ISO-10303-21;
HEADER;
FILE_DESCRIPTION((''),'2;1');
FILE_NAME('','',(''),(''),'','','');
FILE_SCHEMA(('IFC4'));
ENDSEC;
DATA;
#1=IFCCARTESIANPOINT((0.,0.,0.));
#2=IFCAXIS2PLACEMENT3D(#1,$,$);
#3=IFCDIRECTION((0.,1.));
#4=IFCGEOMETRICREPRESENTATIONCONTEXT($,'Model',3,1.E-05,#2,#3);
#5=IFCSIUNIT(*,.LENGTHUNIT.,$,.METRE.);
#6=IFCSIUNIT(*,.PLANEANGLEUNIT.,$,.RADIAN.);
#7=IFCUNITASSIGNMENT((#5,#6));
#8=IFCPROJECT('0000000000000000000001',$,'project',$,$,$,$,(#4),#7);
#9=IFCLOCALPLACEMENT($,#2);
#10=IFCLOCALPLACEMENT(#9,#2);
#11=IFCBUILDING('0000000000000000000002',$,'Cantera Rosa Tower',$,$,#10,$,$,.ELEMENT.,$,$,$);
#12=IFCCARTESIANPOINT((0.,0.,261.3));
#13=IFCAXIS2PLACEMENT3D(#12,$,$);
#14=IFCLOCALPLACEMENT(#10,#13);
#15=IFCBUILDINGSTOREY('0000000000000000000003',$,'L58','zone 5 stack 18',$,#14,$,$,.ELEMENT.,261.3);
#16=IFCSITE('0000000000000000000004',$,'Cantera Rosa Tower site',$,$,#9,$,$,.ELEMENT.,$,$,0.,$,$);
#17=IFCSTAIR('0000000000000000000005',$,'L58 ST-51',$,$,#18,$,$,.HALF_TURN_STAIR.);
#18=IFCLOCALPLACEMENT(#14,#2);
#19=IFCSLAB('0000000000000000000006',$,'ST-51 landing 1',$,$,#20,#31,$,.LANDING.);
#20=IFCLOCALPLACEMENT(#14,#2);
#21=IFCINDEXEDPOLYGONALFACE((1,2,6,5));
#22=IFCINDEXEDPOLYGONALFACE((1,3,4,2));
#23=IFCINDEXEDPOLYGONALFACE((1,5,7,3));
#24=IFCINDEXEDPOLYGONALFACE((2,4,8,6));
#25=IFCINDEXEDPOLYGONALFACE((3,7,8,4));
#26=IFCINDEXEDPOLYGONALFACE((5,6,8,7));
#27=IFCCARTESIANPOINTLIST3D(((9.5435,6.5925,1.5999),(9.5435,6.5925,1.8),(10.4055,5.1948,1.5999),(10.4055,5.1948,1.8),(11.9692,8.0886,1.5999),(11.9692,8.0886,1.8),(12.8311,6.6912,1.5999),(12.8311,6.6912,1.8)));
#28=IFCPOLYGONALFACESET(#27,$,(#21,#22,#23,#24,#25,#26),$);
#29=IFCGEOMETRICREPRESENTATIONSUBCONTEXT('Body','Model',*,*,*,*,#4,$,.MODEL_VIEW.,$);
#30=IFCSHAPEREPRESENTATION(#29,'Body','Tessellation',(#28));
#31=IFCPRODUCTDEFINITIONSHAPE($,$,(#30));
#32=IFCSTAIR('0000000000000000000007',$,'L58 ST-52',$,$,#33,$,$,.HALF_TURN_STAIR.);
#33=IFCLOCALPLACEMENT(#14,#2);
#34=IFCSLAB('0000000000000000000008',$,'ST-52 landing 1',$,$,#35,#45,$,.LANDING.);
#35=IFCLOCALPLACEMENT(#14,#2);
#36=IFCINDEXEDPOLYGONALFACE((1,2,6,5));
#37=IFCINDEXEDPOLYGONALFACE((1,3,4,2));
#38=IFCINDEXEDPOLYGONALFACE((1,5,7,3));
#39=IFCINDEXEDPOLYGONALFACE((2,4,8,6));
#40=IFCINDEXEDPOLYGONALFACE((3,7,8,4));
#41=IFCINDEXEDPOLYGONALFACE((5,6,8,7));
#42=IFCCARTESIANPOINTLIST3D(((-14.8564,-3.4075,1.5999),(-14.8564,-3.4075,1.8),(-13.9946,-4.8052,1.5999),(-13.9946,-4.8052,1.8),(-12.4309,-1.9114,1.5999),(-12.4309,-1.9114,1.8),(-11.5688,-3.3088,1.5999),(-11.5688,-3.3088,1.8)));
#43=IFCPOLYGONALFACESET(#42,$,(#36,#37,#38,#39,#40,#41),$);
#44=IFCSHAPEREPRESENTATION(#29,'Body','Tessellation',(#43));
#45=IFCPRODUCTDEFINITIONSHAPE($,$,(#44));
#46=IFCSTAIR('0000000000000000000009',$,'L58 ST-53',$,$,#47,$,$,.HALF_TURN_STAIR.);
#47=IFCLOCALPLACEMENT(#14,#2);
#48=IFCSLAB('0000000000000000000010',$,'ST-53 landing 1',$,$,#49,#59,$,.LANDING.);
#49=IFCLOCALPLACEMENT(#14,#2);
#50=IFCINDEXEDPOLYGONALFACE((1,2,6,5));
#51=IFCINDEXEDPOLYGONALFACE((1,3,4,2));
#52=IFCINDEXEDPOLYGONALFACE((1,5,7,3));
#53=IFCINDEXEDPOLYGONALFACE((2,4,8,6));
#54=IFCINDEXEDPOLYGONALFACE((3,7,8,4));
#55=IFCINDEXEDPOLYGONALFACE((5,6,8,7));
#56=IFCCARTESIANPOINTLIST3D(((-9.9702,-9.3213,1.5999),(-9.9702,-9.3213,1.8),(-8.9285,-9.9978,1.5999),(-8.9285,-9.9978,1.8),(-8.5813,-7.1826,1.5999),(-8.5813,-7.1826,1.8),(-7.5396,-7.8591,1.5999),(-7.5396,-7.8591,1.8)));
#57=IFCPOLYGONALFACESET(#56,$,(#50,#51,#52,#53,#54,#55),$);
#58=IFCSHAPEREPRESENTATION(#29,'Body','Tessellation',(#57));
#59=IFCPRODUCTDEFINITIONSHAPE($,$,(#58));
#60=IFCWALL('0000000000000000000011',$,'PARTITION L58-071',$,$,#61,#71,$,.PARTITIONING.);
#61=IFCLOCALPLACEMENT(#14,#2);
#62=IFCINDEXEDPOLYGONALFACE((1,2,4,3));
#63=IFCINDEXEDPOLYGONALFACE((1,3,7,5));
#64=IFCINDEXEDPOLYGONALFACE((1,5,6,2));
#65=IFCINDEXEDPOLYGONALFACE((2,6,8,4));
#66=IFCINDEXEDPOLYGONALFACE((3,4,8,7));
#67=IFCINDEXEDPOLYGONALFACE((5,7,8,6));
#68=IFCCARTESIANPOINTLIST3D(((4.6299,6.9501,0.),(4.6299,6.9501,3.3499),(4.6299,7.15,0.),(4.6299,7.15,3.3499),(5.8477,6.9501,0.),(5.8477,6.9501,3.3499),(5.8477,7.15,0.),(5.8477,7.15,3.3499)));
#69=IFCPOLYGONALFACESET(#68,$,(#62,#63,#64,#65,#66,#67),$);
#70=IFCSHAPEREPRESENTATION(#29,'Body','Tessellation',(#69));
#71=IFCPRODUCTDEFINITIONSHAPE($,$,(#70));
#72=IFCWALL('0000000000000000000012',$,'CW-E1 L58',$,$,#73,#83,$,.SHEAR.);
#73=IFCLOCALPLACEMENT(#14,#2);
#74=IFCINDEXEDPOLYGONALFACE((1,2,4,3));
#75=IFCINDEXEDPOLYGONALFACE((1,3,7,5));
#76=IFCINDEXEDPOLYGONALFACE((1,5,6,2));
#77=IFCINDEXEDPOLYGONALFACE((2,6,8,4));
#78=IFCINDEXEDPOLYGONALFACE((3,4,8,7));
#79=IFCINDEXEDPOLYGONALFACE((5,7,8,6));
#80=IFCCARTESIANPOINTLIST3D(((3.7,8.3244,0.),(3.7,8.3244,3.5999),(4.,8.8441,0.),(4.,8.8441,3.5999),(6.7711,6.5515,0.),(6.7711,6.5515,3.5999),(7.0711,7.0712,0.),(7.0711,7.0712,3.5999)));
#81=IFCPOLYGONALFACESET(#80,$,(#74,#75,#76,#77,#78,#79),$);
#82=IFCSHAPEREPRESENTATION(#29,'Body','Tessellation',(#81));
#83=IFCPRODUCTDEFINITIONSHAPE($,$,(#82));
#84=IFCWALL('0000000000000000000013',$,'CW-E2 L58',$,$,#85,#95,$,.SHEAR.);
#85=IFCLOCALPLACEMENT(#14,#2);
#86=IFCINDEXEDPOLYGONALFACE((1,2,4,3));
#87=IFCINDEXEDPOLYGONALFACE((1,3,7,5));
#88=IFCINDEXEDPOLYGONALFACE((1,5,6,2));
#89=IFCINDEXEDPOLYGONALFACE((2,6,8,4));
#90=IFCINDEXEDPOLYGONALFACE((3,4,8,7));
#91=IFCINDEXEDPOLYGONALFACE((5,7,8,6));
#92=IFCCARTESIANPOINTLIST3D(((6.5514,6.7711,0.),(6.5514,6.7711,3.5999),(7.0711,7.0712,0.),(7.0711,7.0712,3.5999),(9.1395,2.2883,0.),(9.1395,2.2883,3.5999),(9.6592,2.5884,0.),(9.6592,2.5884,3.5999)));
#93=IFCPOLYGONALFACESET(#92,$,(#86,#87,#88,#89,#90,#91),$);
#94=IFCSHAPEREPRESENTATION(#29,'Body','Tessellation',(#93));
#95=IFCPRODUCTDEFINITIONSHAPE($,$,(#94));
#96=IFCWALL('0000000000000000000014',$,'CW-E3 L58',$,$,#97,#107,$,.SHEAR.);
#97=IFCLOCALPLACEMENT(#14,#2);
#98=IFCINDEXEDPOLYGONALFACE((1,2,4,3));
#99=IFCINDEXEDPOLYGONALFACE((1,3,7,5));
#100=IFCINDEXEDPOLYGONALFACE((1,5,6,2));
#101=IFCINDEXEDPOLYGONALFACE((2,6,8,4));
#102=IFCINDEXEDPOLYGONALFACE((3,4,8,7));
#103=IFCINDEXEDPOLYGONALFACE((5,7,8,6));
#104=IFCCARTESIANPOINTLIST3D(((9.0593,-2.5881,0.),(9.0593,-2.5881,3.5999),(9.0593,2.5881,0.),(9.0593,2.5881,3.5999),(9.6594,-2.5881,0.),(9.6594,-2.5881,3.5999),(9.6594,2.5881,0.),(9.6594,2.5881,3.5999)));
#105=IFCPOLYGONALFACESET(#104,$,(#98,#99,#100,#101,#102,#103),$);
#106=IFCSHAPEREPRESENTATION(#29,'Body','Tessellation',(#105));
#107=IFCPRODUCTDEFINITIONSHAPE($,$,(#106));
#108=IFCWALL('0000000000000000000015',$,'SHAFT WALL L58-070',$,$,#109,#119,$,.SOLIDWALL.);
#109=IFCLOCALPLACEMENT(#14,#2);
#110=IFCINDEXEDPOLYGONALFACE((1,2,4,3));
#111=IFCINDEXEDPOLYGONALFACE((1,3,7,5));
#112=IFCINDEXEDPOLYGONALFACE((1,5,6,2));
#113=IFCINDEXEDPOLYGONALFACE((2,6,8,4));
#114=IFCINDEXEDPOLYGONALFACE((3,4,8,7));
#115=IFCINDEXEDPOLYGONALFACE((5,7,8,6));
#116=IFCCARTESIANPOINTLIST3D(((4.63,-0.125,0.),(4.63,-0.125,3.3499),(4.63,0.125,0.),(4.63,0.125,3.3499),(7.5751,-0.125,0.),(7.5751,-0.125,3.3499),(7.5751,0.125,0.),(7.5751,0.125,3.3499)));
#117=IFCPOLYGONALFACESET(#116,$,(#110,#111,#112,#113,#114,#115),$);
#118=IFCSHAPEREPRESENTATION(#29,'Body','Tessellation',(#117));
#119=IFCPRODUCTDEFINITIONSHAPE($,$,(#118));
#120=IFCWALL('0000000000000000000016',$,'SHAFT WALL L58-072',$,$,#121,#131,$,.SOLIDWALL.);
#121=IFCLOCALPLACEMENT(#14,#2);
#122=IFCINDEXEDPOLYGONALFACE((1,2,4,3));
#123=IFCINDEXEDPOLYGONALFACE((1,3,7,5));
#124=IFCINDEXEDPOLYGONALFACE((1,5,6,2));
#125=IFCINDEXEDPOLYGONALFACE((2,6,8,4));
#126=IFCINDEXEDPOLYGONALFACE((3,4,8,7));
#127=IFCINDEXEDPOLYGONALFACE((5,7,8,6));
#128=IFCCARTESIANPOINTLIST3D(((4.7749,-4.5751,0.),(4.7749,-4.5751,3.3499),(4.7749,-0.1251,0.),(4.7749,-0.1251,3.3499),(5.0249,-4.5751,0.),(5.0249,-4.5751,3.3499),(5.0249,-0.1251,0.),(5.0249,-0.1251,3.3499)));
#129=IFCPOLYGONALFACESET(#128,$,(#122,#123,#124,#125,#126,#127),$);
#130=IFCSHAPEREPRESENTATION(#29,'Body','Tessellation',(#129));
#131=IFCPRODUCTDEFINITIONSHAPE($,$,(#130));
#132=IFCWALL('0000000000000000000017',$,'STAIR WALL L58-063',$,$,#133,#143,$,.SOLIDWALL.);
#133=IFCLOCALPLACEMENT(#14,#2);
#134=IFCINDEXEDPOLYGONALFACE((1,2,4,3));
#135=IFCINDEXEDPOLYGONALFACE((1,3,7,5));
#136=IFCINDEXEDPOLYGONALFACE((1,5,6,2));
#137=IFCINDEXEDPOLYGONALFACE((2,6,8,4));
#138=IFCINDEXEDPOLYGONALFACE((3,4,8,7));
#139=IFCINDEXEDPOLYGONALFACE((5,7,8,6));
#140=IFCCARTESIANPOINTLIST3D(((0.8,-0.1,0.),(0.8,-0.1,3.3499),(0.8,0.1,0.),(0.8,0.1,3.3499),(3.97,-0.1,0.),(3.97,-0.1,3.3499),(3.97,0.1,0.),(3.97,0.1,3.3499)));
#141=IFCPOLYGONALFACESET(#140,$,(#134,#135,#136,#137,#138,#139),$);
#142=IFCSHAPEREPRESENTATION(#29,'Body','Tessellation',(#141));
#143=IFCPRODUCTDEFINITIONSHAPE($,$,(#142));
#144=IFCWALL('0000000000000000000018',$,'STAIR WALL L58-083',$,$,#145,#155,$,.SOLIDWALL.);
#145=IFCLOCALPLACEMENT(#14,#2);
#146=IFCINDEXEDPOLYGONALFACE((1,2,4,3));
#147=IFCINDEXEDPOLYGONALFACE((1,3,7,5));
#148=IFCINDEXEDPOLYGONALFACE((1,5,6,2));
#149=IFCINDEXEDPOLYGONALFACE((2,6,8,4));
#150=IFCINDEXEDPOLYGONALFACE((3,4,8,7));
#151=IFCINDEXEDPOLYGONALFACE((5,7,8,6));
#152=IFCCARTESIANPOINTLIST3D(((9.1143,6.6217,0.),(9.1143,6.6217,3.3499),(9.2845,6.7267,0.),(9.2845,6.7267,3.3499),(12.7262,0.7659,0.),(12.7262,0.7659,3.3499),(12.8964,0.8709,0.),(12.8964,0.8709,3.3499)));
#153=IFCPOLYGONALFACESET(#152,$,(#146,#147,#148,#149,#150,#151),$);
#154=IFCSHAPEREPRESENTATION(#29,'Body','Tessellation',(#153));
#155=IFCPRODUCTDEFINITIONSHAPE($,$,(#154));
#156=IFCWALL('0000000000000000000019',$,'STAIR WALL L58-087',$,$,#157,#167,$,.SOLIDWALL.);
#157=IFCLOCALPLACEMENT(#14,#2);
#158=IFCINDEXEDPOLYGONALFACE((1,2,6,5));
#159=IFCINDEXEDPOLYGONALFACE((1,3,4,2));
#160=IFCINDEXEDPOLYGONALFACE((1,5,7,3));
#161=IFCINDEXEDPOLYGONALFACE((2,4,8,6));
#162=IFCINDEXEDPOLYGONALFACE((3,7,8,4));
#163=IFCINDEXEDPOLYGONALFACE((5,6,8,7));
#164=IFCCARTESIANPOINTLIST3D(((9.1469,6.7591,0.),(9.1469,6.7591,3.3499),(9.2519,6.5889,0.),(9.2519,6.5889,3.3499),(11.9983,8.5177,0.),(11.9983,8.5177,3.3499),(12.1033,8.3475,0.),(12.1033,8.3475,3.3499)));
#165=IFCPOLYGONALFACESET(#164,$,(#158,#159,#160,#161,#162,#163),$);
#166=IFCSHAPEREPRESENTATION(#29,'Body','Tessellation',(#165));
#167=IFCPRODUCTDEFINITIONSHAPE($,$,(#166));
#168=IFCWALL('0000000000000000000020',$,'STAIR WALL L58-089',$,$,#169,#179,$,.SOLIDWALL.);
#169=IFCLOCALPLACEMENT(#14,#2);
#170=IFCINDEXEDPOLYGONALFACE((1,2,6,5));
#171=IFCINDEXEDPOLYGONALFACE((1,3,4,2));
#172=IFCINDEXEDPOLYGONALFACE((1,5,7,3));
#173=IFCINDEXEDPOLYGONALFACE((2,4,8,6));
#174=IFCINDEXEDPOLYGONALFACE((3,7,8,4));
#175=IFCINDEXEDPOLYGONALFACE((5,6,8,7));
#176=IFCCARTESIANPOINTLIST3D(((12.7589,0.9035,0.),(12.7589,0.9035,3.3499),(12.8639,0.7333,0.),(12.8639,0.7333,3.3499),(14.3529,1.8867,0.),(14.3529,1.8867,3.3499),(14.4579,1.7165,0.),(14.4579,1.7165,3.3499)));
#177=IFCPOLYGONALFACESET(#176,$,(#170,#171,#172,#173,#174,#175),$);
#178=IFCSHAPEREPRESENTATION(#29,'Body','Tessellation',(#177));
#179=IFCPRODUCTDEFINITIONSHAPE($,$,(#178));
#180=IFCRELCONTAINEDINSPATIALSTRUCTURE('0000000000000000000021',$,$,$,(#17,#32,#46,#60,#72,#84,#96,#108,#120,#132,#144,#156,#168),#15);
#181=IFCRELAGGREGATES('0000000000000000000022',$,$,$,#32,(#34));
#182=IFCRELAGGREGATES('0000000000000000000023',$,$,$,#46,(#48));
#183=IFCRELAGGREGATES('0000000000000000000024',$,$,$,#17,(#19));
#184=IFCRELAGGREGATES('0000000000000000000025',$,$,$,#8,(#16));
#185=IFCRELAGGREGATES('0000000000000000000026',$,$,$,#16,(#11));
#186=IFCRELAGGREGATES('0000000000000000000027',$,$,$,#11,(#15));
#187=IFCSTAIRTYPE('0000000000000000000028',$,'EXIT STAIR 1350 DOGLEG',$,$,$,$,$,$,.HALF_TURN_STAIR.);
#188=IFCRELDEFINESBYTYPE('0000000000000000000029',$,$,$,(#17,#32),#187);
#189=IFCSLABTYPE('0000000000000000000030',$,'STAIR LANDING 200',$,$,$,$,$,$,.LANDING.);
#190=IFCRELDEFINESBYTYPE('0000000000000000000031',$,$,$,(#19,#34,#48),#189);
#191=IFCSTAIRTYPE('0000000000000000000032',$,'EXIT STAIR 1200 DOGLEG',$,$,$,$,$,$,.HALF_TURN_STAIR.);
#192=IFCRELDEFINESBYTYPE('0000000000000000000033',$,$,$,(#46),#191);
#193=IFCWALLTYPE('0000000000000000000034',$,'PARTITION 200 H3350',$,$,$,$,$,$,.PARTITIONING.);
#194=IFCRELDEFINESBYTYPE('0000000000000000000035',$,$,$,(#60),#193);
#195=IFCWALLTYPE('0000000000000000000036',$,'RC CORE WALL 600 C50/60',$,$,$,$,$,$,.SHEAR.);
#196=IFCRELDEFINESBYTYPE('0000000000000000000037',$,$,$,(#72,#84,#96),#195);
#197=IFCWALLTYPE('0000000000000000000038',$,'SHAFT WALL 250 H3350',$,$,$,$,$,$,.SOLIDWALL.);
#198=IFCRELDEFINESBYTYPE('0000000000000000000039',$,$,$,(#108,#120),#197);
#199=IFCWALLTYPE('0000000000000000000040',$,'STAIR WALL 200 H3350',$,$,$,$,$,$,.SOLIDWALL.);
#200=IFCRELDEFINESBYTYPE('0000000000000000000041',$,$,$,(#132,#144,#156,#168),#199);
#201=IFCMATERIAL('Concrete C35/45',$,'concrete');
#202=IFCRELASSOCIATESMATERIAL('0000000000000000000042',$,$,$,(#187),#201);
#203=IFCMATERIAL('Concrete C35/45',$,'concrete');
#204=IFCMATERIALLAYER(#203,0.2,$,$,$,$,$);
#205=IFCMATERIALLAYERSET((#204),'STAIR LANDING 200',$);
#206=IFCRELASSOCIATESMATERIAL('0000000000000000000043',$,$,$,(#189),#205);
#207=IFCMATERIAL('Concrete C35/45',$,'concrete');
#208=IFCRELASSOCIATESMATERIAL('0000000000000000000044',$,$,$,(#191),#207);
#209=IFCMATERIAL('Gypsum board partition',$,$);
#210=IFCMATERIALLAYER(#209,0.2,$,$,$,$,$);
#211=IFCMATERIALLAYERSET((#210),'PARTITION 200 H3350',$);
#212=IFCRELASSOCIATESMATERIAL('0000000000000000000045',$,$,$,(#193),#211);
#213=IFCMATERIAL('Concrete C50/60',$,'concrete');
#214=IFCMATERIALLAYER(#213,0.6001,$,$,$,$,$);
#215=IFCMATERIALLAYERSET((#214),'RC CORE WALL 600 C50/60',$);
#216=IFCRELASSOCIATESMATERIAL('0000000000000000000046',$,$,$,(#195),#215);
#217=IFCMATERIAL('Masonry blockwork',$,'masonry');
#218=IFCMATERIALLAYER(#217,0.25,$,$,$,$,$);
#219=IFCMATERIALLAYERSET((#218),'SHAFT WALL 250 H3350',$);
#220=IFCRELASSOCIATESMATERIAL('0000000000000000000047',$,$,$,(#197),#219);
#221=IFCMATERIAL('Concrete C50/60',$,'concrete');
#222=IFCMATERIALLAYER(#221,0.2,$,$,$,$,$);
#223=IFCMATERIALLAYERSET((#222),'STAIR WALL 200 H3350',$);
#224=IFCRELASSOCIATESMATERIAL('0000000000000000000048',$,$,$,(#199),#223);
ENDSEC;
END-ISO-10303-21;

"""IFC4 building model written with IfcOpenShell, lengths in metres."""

from ifc_helpers import new_model, si_unit, direction, frame, frame_2d, origin, place, context, subcontext, project, spatial, polyline, rectangle, outline, extrude, material, layer, layer_set, type_object, element, aggregate, save


model = new_model("IFC4")

# Units and contexts
model_context = context("Model", 3, precision=1e-05, world=origin(), true_north=direction((0.0, 1.0)))
body_context = subcontext(model_context, "Body", "Model", "MODEL_VIEW")
ifc_project = project(units=[si_unit("LENGTHUNIT", "METRE"), si_unit("PLANEANGLEUNIT", "RADIAN")], contexts=[model_context])

# Site, building, storey
site_placement = place(None, origin())
site = spatial("IfcSite", under=ifc_project, at=site_placement, Name="Cantera Rosa Tower site", CompositionType="ELEMENT", RefElevation=0.0)
building_placement = place(site_placement, origin())
building = spatial("IfcBuilding", under=site, at=building_placement, Name="Cantera Rosa Tower", CompositionType="ELEMENT")
storey_placement = place(building_placement, frame((0.0, 0.0, 261.3)))
storey = spatial("IfcBuildingStorey", under=building, at=storey_placement, Name="L58", Description="zone 5 stack 18", CompositionType="ELEMENT", Elevation=261.3)

# Stairs, slabs
ifc_material_1 = material(Name="Concrete C35/45", Category="concrete")
stair_type_1 = type_object("IfcStairType", Name="EXIT STAIR 1350 DOGLEG", PredefinedType="HALF_TURN_STAIR", material=ifc_material_1)
stair_1_placement = place(storey_placement, origin())
stair_1 = element("IfcStair", 1, at=stair_1_placement, inside=storey, type_object=stair_type_1, Name="L58 ST-51", PredefinedType="HALF_TURN_STAIR")
ifc_material_2 = material(Name="Concrete C35/45", Category="concrete")
ifc_layer_1 = layer(ifc_material_2, 0.2)
ifc_layer_set_1 = layer_set([ifc_layer_1], Name="STAIR LANDING 200")
slab_type = type_object("IfcSlabType", Name="STAIR LANDING 200", PredefinedType="LANDING", material=ifc_layer_set_1)
slab_1_placement = place(storey_placement, frame((0.0, 0.0, 1.5999)))
slab_1 = element("IfcSlab", 2, at=slab_1_placement, type_object=slab_type, Name="ST-51 landing 1", PredefinedType="LANDING", context=body_context, shape_type="SweptSolid", body=[
    extrude(outline(polyline([(12.8311, 6.6912), (11.9692, 8.0886), (9.5435, 6.5925), (10.4055, 5.1948), (12.8311, 6.6912)])), origin(), (0.0, 0.0, 1.0), 0.2002),
])
stair_2_placement = place(storey_placement, origin())
stair_2 = element("IfcStair", 3, at=stair_2_placement, inside=storey, type_object=stair_type_1, Name="L58 ST-52", PredefinedType="HALF_TURN_STAIR")
slab_2_placement = place(storey_placement, frame((0.0, 0.0, 1.5999)))
slab_2 = element("IfcSlab", 4, at=slab_2_placement, type_object=slab_type, Name="ST-52 landing 1", PredefinedType="LANDING", context=body_context, shape_type="SweptSolid", body=[
    extrude(outline(polyline([(-11.5688, -3.3088), (-12.4309, -1.9114), (-14.8564, -3.4075), (-13.9946, -4.8052), (-11.5688, -3.3088)])), origin(), (0.0, 0.0, 1.0), 0.2002),
])
aggregate(stair_2, [slab_2])
ifc_material_3 = material(Name="Concrete C35/45", Category="concrete")
stair_type_2 = type_object("IfcStairType", Name="EXIT STAIR 1200 DOGLEG", PredefinedType="HALF_TURN_STAIR", material=ifc_material_3)
stair_3_placement = place(storey_placement, origin())
stair_3 = element("IfcStair", 5, at=stair_3_placement, inside=storey, type_object=stair_type_2, Name="L58 ST-53", PredefinedType="HALF_TURN_STAIR")
slab_3_placement = place(storey_placement, frame((0.0, 0.0, 1.5999)))
slab_3 = element("IfcSlab", 6, at=slab_3_placement, type_object=slab_type, Name="ST-53 landing 1", PredefinedType="LANDING", context=body_context, shape_type="SweptSolid", body=[
    extrude(outline(polyline([(-7.5396, -7.8591), (-8.5813, -7.1826), (-9.9702, -9.3213), (-8.9285, -9.9978), (-7.5396, -7.8591)])), origin(), (0.0, 0.0, 1.0), 0.2002),
])
aggregate(stair_3, [slab_3])

# Walls
ifc_material_4 = material(Name="Gypsum board partition")
ifc_layer_2 = layer(ifc_material_4, 0.2)
ifc_layer_set_2 = layer_set([ifc_layer_2], Name="PARTITION 200 H3350")
wall_type_1 = type_object("IfcWallType", Name="PARTITION 200 H3350", PredefinedType="PARTITIONING", material=ifc_layer_set_2)
wall_1_placement = place(storey_placement, frame((4.6299, 7.05, 0.0), z_axis=(0.0, 0.0, 1.0), x_axis=(1.0, 0.0, 0.0)))
element("IfcWall", 7, at=wall_1_placement, inside=storey, type_object=wall_type_1, Name="PARTITION L58-071", PredefinedType="PARTITIONING", context=body_context, shape_type="SweptSolid", body=[
    extrude(rectangle(XDim=1.2178, YDim=0.2, at=frame_2d((0.6089, 0.0))), origin(), (0.0, 0.0, 1.0), 3.3499),
])
ifc_material_5 = material(Name="Concrete C50/60", Category="concrete")
ifc_layer_3 = layer(ifc_material_5, 0.6001)
ifc_layer_set_3 = layer_set([ifc_layer_3], Name="RC CORE WALL 600 C50/60")
wall_type_2 = type_object("IfcWallType", Name="RC CORE WALL 600 C50/60", PredefinedType="SHEAR", material=ifc_layer_set_3)
wall_2_placement = place(storey_placement, frame((3.8501, 8.5842, 0.0), z_axis=(0.0, 0.0, 1.0), x_axis=(0.86604, -0.499975, 0.0)))
element("IfcWall", 8, at=wall_2_placement, inside=storey, type_object=wall_type_2, Name="CW-E1 L58", PredefinedType="SHEAR", context=body_context, shape_type="SweptSolid", body=[
    extrude(rectangle(XDim=3.5461, YDim=0.6001, at=frame_2d((1.7729, 0.0))), origin(), (0.0, 0.0, 1.0), 3.5999),
])
for number, where, z_axis, x_axis, name in (
    (9, (6.8113, 6.9211, 0.0), (0.0, 0.0, 1.0), (0.499989, -0.866032, 0.0), "CW-E2 L58"),
    (10, (9.3594, 2.5881, 0.0), (0.0, 0.0, 1.0), (0.0, -1.0, 0.0), "CW-E3 L58"),
):
    element("IfcWall", number, at=place(storey_placement, frame(where, z_axis=z_axis, x_axis=x_axis)), inside=storey, type_object=wall_type_2, Name=name, PredefinedType="SHEAR", context=body_context, shape_type="SweptSolid", body=[
        extrude(rectangle(XDim=5.1763, YDim=0.6001, at=frame_2d((2.5881, 0.0))), origin(), (0.0, 0.0, 1.0), 3.5999),
    ])
ifc_material_6 = material(Name="Masonry blockwork", Category="masonry")
ifc_layer_4 = layer(ifc_material_6, 0.25)
ifc_layer_set_4 = layer_set([ifc_layer_4], Name="SHAFT WALL 250 H3350")
wall_type_3 = type_object("IfcWallType", Name="SHAFT WALL 250 H3350", PredefinedType="SOLIDWALL", material=ifc_layer_set_4)
wall_3_placement = place(storey_placement, frame((4.6299, 0.0, 0.0), z_axis=(0.0, 0.0, 1.0), x_axis=(1.0, 0.0, 0.0)))
element("IfcWall", 11, at=wall_3_placement, inside=storey, type_object=wall_type_3, Name="SHAFT WALL L58-070", PredefinedType="SOLIDWALL", context=body_context, shape_type="SweptSolid", body=[
    extrude(rectangle(XDim=2.9451, YDim=0.25, at=frame_2d((1.4727, 0.0))), origin(), (0.0, 0.0, 1.0), 3.3499),
])
wall_4_placement = place(storey_placement, frame((4.8999, -0.125, 0.0), z_axis=(0.0, 0.0, 1.0), x_axis=(0.0, -1.0, 0.0)))
element("IfcWall", 12, at=wall_4_placement, inside=storey, type_object=wall_type_3, Name="SHAFT WALL L58-072", PredefinedType="SOLIDWALL", context=body_context, shape_type="SweptSolid", body=[
    extrude(rectangle(XDim=4.45, YDim=0.25, at=frame_2d((2.2251, 0.0))), origin(), (0.0, 0.0, 1.0), 3.3499),
])
ifc_material_7 = material(Name="Concrete C50/60", Category="concrete")
ifc_layer_5 = layer(ifc_material_7, 0.2)
ifc_layer_set_5 = layer_set([ifc_layer_5], Name="STAIR WALL 200 H3350")
wall_type_4 = type_object("IfcWallType", Name="STAIR WALL 200 H3350", PredefinedType="SOLIDWALL", material=ifc_layer_set_5)
wall_5_placement = place(storey_placement, frame((0.8, 0.0, 0.0), z_axis=(0.0, 0.0, 1.0), x_axis=(1.0, 0.0, 0.0)))
element("IfcWall", 13, at=wall_5_placement, inside=storey, type_object=wall_type_4, Name="STAIR WALL L58-063", PredefinedType="SOLIDWALL", context=body_context, shape_type="SweptSolid", body=[
    extrude(rectangle(XDim=3.1699, YDim=0.2, at=frame_2d((1.585, 0.0))), origin(), (0.0, 0.0, 1.0), 3.3499),
])
wall_6_placement = place(storey_placement, frame((9.1995, 6.6741, 0.0), z_axis=(0.0, 0.0, 1.0), x_axis=(0.524972, -0.851119, 0.0)))
element("IfcWall", 14, at=wall_6_placement, inside=storey, type_object=wall_type_4, Name="STAIR WALL L58-083", PredefinedType="SOLIDWALL", context=body_context, shape_type="SweptSolid", body=[
    extrude(rectangle(XDim=6.8801, YDim=0.2, at=frame_2d((3.4399, 0.0))), origin(), (0.0, 0.0, 1.0), 3.3499),
])
wall_7_placement = place(storey_placement, frame((12.0508, 8.4326, 0.0), z_axis=(0.0, 0.0, 1.0), x_axis=(-0.85114, -0.524939, 0.0)))
element("IfcWall", 15, at=wall_7_placement, inside=storey, type_object=wall_type_4, Name="STAIR WALL L58-087", PredefinedType="SOLIDWALL", context=body_context, shape_type="SweptSolid", body=[
    extrude(rectangle(XDim=3.3501, YDim=0.2, at=frame_2d((1.675, 0.0))), origin(), (0.0, 0.0, 1.0), 3.3499),
])
wall_8_placement = place(storey_placement, frame((12.8113, 0.8184, 0.0), z_axis=(0.0, 0.0, 1.0), x_axis=(0.851125, 0.524963, 0.0)))
element("IfcWall", 16, at=wall_8_placement, inside=storey, type_object=wall_type_4, Name="STAIR WALL L58-089", PredefinedType="SOLIDWALL", context=body_context, shape_type="SweptSolid", body=[
    extrude(rectangle(XDim=1.8728, YDim=0.2, at=frame_2d((0.9365, 0.0))), origin(), (0.0, 0.0, 1.0), 3.3499),
])

aggregate(stair_1, [slab_1])

save(model, "model.ifc")
